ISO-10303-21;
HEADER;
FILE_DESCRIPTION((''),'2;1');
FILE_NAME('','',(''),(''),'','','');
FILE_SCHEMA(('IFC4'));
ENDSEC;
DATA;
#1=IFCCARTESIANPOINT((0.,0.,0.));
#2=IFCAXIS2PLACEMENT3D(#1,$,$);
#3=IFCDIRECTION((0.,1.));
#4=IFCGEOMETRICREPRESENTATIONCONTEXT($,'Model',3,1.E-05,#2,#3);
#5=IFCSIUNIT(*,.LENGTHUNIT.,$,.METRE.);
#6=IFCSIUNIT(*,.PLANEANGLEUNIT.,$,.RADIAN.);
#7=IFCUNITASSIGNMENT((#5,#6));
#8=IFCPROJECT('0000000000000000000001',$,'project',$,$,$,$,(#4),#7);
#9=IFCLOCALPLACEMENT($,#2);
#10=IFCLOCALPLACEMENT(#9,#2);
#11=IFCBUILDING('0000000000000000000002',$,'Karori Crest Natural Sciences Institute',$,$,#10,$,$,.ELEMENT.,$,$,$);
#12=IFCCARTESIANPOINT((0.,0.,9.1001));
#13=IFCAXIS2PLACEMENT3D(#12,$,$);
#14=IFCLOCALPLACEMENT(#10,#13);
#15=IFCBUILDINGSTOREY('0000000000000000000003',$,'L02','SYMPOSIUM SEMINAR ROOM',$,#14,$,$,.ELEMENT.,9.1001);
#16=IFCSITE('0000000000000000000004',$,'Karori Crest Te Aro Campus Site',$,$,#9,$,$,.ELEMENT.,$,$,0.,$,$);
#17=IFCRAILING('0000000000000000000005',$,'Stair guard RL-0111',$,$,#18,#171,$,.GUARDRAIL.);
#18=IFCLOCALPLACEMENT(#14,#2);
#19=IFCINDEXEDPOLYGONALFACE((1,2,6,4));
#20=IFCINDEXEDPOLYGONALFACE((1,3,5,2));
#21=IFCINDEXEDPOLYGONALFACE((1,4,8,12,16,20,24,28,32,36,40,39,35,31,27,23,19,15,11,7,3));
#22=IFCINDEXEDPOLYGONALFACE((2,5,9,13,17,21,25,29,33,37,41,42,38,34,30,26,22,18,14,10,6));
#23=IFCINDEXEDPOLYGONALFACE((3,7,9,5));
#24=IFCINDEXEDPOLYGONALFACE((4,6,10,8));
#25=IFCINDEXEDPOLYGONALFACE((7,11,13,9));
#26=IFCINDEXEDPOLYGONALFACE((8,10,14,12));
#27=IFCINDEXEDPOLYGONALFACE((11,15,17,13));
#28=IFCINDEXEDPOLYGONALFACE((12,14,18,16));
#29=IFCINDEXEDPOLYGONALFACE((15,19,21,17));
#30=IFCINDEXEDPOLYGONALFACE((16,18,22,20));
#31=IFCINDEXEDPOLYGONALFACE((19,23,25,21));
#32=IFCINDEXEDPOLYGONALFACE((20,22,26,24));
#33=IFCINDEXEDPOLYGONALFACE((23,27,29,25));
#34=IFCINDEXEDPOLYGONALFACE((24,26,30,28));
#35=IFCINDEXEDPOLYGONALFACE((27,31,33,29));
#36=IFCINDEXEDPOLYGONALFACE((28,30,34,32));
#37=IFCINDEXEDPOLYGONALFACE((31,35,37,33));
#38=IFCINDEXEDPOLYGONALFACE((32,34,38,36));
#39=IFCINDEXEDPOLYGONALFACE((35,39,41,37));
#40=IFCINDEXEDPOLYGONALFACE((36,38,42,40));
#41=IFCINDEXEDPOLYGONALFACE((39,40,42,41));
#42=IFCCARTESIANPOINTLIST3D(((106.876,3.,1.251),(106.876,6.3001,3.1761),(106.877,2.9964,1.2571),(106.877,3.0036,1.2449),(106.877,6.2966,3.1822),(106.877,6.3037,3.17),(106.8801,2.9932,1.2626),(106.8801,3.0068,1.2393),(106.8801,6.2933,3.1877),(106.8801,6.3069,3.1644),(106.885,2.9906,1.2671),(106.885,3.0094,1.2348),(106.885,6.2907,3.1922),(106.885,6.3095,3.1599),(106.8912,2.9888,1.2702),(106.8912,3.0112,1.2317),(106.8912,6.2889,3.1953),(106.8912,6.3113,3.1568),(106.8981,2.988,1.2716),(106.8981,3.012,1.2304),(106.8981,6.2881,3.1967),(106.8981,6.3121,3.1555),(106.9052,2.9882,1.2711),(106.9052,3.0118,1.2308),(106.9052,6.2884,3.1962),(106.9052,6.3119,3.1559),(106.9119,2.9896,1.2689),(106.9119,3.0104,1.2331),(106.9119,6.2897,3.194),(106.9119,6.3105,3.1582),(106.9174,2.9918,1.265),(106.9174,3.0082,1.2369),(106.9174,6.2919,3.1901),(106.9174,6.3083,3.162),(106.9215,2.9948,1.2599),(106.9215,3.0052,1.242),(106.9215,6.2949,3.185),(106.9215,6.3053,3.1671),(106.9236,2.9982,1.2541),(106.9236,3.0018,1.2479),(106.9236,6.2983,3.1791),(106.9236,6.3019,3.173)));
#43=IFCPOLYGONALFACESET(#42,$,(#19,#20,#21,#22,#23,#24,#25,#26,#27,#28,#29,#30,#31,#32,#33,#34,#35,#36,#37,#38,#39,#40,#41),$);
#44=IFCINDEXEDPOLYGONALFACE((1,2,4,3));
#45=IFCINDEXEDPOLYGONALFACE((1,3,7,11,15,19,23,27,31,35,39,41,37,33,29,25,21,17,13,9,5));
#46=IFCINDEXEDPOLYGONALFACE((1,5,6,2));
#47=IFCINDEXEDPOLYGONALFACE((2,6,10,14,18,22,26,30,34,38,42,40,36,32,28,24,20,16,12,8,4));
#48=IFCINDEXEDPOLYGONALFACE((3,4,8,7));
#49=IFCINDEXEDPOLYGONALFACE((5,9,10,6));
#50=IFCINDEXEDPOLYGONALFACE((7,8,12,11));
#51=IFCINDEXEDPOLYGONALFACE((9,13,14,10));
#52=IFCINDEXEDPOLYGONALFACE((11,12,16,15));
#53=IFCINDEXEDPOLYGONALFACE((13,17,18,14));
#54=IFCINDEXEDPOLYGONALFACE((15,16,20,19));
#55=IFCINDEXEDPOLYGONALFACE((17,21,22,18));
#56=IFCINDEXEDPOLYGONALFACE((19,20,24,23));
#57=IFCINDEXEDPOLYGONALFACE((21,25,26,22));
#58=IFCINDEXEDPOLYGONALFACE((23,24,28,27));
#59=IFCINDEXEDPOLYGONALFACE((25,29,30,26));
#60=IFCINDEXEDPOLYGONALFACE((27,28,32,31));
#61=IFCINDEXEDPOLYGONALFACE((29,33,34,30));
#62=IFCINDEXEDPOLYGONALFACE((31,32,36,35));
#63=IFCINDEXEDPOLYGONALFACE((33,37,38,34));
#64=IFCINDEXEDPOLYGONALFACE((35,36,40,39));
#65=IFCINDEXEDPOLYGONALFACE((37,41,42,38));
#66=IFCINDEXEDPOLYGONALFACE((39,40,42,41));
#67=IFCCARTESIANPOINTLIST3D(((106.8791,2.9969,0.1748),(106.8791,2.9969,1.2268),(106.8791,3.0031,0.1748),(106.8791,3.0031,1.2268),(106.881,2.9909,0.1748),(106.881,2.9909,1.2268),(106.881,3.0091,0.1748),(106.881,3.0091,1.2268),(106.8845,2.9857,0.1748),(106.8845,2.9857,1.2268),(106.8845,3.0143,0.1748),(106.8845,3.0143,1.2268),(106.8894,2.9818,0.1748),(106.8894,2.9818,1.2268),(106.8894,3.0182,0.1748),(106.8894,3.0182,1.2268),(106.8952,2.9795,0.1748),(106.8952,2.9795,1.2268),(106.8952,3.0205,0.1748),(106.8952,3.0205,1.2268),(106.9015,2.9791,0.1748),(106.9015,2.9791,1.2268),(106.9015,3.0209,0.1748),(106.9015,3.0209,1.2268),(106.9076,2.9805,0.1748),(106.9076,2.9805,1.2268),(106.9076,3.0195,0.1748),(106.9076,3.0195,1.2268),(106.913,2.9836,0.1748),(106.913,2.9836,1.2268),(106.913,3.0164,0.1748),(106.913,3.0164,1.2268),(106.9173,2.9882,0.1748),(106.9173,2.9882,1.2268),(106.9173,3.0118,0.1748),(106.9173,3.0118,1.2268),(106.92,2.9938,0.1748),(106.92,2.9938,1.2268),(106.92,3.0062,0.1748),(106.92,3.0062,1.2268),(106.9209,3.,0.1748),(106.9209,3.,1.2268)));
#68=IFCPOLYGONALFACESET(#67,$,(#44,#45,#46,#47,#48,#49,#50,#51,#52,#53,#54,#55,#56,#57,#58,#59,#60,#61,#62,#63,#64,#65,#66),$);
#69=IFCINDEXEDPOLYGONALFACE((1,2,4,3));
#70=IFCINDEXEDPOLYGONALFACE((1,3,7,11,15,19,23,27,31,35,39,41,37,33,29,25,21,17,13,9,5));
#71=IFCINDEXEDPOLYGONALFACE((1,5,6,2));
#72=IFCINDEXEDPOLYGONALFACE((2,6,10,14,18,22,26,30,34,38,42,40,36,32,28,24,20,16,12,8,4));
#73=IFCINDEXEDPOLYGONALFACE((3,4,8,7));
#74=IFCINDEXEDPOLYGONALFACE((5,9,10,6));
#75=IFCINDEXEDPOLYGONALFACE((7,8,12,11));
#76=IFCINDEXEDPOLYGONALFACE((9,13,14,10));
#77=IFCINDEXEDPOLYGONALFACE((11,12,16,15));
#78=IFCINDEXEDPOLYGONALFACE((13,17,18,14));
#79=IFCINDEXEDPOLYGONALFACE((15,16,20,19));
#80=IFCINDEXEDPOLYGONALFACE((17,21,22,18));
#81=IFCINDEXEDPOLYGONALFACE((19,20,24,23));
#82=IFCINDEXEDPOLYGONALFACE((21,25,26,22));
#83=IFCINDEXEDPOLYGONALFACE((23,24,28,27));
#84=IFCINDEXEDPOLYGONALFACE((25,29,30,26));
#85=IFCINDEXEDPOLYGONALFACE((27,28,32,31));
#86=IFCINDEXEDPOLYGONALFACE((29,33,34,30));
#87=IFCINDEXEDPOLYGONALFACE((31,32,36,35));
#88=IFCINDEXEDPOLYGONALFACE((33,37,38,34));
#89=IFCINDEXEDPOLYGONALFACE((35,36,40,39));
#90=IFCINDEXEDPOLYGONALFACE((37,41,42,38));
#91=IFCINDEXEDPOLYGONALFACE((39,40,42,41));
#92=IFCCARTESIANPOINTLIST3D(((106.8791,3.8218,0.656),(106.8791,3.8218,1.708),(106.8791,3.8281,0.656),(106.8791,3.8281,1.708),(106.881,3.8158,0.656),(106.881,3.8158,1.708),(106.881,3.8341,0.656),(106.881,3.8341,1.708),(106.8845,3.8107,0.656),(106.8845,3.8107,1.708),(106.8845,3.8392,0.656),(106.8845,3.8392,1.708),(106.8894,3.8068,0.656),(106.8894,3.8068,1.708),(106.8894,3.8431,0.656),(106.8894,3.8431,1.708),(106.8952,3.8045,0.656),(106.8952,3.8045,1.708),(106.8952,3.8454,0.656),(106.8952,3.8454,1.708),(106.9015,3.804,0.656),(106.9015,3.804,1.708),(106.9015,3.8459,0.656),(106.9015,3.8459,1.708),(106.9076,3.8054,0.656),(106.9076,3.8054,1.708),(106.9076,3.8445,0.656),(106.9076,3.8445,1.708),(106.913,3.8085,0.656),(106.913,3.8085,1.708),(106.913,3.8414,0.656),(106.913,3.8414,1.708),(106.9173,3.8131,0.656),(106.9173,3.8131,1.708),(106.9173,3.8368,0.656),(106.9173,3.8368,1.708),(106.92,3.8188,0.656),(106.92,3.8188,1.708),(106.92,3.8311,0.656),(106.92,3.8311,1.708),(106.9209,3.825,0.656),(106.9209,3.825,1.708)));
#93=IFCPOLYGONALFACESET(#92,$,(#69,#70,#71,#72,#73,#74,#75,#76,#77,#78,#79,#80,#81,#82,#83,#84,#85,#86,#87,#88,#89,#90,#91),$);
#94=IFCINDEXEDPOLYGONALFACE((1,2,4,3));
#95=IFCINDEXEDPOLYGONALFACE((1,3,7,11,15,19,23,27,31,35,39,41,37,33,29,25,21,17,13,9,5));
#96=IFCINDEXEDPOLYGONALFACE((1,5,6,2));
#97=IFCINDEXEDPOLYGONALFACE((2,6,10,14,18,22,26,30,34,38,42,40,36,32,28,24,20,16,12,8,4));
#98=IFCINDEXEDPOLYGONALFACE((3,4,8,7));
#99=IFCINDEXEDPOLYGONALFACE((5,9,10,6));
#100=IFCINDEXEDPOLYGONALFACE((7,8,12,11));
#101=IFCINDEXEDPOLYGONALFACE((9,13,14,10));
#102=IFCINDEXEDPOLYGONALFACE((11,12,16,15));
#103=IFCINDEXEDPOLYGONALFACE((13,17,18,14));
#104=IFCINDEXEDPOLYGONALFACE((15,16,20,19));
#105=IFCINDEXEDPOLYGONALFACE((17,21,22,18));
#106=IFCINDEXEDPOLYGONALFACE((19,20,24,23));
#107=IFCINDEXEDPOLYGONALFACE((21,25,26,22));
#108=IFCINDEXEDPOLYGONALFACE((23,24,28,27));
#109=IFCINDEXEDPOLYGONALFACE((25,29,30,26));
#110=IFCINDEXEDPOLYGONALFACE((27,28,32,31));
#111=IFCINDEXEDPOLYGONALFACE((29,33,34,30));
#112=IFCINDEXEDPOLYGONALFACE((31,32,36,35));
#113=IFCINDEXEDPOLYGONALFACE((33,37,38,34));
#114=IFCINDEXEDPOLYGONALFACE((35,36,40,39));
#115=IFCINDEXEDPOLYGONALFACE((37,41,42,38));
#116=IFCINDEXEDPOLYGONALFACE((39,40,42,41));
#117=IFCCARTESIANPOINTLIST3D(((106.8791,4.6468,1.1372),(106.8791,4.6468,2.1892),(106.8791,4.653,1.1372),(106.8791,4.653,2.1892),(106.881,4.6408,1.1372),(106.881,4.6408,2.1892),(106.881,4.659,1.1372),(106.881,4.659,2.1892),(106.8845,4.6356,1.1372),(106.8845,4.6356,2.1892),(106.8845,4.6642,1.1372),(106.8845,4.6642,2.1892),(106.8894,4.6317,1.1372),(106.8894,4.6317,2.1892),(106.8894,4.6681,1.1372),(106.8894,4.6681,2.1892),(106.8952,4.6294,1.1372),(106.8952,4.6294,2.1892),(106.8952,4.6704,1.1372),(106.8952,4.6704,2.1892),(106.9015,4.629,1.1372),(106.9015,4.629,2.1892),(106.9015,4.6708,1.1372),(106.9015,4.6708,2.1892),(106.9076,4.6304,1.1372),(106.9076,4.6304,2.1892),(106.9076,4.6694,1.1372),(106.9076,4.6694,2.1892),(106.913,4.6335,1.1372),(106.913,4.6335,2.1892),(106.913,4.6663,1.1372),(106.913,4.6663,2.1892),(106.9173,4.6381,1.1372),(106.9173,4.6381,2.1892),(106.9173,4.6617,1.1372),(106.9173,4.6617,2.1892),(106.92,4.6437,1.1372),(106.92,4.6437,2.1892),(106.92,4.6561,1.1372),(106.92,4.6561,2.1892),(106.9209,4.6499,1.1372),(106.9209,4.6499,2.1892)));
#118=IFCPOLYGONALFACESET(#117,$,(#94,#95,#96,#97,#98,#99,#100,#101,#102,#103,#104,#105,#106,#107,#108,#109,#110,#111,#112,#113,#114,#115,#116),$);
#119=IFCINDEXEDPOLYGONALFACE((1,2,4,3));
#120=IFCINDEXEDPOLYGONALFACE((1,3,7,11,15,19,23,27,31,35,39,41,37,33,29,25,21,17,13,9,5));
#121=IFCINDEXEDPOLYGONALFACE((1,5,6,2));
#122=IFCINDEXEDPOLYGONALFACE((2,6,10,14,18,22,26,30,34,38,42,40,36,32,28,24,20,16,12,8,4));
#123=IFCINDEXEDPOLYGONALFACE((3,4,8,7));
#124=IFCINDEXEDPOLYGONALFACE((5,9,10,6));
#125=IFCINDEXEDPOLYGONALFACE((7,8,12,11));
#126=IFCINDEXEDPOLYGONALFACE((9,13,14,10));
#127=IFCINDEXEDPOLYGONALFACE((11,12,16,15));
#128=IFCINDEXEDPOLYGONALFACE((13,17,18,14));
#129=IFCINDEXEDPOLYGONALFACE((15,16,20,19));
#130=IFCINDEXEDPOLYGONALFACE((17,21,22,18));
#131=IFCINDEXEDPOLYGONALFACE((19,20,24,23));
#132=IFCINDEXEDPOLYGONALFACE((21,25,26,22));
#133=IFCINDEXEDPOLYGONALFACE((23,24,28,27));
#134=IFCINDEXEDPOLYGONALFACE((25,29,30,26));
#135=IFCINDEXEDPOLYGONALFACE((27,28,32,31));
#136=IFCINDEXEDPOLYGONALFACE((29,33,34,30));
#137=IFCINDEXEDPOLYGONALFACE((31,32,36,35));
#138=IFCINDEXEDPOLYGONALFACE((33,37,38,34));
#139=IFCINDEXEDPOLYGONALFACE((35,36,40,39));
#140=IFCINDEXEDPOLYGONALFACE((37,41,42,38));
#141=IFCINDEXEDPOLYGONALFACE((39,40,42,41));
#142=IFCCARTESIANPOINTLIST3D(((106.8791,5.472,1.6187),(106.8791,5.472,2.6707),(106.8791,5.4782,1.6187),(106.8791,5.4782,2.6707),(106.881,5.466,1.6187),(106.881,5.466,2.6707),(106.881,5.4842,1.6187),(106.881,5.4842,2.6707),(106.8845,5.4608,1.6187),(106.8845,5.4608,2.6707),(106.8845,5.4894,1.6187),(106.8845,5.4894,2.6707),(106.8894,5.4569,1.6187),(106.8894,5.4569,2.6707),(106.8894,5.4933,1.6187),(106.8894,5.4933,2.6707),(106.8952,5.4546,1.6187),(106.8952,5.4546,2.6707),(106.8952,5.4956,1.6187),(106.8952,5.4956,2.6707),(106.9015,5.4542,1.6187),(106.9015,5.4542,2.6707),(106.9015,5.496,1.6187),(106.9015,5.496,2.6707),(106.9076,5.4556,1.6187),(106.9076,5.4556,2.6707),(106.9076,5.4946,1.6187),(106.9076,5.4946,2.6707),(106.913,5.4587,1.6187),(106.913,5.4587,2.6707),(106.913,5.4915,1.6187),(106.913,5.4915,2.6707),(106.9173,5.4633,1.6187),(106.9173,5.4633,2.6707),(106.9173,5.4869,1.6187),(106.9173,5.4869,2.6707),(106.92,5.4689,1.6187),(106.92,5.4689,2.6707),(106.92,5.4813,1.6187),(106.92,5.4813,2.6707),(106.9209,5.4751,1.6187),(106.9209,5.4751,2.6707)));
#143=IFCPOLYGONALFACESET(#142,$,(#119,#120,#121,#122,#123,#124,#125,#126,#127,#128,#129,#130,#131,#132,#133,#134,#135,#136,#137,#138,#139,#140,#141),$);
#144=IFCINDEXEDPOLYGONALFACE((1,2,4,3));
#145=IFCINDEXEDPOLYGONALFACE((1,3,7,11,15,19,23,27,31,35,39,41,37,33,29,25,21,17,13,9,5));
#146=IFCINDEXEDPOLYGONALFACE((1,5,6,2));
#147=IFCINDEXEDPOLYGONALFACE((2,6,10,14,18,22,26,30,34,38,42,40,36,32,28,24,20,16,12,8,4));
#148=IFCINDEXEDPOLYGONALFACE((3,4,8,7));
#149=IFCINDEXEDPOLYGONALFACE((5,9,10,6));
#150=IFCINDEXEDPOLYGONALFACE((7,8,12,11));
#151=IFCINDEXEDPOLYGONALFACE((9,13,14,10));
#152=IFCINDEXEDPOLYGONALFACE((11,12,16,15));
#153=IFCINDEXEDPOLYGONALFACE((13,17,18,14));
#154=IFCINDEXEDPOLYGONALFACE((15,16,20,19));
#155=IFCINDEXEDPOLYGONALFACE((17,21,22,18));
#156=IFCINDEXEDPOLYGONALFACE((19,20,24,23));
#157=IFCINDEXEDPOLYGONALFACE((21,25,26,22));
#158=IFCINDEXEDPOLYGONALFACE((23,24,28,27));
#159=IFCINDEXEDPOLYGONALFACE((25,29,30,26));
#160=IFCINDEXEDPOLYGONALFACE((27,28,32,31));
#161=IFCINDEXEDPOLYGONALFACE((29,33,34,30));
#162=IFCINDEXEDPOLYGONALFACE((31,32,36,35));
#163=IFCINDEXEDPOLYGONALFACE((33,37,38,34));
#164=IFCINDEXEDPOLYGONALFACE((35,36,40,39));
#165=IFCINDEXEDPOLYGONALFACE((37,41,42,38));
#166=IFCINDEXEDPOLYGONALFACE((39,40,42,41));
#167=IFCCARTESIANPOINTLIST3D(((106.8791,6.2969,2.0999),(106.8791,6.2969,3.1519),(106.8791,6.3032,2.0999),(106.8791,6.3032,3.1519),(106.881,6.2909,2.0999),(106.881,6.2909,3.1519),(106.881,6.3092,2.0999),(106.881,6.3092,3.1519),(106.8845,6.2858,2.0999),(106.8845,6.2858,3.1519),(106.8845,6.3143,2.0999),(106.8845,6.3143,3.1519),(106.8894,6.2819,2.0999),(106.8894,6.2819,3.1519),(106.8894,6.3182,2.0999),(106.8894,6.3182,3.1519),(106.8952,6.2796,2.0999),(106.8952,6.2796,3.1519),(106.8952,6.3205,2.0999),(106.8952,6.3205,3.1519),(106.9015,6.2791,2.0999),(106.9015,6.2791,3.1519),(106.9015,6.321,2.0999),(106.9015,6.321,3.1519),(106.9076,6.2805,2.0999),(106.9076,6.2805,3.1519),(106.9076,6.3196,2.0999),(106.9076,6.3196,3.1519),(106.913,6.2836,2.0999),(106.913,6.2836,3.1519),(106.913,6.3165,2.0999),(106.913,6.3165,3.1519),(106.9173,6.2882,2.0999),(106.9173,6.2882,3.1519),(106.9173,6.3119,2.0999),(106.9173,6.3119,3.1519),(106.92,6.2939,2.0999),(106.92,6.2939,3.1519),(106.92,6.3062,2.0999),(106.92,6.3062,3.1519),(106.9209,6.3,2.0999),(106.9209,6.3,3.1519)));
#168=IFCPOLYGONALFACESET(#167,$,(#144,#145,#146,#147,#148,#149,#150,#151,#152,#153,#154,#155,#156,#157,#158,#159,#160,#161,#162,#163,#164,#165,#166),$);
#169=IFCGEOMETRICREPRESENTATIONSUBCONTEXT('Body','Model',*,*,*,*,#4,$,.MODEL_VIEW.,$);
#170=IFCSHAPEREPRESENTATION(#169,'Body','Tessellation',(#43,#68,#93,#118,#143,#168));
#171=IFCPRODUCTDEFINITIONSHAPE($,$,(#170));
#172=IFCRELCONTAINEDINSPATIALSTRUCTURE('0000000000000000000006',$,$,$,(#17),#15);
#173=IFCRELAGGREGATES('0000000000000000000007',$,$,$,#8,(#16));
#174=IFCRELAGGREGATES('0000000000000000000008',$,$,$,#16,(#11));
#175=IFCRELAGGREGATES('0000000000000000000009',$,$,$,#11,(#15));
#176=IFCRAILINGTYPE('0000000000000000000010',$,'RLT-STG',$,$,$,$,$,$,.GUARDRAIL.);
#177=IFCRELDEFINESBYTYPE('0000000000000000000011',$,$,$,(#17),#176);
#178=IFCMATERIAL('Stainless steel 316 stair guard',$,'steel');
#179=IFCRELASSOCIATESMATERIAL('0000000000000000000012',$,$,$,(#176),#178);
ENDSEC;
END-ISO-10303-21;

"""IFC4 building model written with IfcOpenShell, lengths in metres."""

from ifc_helpers import new_model, si_unit, direction, frame, origin, origin_2d, place, context, subcontext, project, spatial, circle, extrude, material, type_object, element, save


model = new_model("IFC4")

# Units and contexts
model_context = context("Model", 3, precision=1e-05, world=origin(), true_north=direction((0.0, 1.0)))
body_context = subcontext(model_context, "Body", "Model", "MODEL_VIEW")
ifc_project = project(units=[si_unit("LENGTHUNIT", "METRE"), si_unit("PLANEANGLEUNIT", "RADIAN")], contexts=[model_context])

# Site, building, storey
site_placement = place(None, origin())
site = spatial("IfcSite", under=ifc_project, at=site_placement, Name="Karori Crest Te Aro Campus Site", CompositionType="ELEMENT", RefElevation=0.0)
building_placement = place(site_placement, origin())
building = spatial("IfcBuilding", under=site, at=building_placement, Name="Karori Crest Natural Sciences Institute", CompositionType="ELEMENT")
storey_placement = place(building_placement, frame((0.0, 0.0, 9.1001)))
storey = spatial("IfcBuildingStorey", under=building, at=storey_placement, Name="L02", Description="SYMPOSIUM SEMINAR ROOM", CompositionType="ELEMENT", Elevation=9.1001)

# Railing
ifc_material_1 = material(Name="Stainless steel 316 stair guard", Category="steel")
railing_type_1 = type_object("IfcRailingType", Name="RLT-STG", PredefinedType="GUARDRAIL", material=ifc_material_1)
railing_1_placement = place(storey_placement, frame((106.8999, 3.0, 0.1748)))
element("IfcRailing", 1, at=railing_1_placement, inside=storey, type_object=railing_type_1, Name="Stair guard RL-0111", PredefinedType="GUARDRAIL", context=body_context, shape_type="SweptSolid", body=[
    extrude(circle(Radius=0.0239, at=origin_2d()), frame((0.0, 0.0, 1.0762), z_axis=(0.0, 0.863777, 0.503875), x_axis=(-1.0, 0.0, 0.0)), (0.0, 0.0, 1.0), 3.8206),
    extrude(circle(Radius=0.021, at=origin_2d()), origin(), (0.0, 0.0, 1.0), 1.052),
    extrude(circle(Radius=0.021, at=origin_2d()), frame((0.0, 0.825, 0.4812)), (0.0, 0.0, 1.0), 1.052),
    extrude(circle(Radius=0.021, at=origin_2d()), frame((0.0, 1.6499, 0.9624)), (0.0, 0.0, 1.0), 1.052),
    extrude(circle(Radius=0.021, at=origin_2d()), frame((0.0, 2.4751, 1.4438)), (0.0, 0.0, 1.0), 1.052),
    extrude(circle(Radius=0.021, at=origin_2d()), frame((0.0, 3.3, 1.925)), (0.0, 0.0, 1.0), 1.052),
])

save(model, "model.ifc")
